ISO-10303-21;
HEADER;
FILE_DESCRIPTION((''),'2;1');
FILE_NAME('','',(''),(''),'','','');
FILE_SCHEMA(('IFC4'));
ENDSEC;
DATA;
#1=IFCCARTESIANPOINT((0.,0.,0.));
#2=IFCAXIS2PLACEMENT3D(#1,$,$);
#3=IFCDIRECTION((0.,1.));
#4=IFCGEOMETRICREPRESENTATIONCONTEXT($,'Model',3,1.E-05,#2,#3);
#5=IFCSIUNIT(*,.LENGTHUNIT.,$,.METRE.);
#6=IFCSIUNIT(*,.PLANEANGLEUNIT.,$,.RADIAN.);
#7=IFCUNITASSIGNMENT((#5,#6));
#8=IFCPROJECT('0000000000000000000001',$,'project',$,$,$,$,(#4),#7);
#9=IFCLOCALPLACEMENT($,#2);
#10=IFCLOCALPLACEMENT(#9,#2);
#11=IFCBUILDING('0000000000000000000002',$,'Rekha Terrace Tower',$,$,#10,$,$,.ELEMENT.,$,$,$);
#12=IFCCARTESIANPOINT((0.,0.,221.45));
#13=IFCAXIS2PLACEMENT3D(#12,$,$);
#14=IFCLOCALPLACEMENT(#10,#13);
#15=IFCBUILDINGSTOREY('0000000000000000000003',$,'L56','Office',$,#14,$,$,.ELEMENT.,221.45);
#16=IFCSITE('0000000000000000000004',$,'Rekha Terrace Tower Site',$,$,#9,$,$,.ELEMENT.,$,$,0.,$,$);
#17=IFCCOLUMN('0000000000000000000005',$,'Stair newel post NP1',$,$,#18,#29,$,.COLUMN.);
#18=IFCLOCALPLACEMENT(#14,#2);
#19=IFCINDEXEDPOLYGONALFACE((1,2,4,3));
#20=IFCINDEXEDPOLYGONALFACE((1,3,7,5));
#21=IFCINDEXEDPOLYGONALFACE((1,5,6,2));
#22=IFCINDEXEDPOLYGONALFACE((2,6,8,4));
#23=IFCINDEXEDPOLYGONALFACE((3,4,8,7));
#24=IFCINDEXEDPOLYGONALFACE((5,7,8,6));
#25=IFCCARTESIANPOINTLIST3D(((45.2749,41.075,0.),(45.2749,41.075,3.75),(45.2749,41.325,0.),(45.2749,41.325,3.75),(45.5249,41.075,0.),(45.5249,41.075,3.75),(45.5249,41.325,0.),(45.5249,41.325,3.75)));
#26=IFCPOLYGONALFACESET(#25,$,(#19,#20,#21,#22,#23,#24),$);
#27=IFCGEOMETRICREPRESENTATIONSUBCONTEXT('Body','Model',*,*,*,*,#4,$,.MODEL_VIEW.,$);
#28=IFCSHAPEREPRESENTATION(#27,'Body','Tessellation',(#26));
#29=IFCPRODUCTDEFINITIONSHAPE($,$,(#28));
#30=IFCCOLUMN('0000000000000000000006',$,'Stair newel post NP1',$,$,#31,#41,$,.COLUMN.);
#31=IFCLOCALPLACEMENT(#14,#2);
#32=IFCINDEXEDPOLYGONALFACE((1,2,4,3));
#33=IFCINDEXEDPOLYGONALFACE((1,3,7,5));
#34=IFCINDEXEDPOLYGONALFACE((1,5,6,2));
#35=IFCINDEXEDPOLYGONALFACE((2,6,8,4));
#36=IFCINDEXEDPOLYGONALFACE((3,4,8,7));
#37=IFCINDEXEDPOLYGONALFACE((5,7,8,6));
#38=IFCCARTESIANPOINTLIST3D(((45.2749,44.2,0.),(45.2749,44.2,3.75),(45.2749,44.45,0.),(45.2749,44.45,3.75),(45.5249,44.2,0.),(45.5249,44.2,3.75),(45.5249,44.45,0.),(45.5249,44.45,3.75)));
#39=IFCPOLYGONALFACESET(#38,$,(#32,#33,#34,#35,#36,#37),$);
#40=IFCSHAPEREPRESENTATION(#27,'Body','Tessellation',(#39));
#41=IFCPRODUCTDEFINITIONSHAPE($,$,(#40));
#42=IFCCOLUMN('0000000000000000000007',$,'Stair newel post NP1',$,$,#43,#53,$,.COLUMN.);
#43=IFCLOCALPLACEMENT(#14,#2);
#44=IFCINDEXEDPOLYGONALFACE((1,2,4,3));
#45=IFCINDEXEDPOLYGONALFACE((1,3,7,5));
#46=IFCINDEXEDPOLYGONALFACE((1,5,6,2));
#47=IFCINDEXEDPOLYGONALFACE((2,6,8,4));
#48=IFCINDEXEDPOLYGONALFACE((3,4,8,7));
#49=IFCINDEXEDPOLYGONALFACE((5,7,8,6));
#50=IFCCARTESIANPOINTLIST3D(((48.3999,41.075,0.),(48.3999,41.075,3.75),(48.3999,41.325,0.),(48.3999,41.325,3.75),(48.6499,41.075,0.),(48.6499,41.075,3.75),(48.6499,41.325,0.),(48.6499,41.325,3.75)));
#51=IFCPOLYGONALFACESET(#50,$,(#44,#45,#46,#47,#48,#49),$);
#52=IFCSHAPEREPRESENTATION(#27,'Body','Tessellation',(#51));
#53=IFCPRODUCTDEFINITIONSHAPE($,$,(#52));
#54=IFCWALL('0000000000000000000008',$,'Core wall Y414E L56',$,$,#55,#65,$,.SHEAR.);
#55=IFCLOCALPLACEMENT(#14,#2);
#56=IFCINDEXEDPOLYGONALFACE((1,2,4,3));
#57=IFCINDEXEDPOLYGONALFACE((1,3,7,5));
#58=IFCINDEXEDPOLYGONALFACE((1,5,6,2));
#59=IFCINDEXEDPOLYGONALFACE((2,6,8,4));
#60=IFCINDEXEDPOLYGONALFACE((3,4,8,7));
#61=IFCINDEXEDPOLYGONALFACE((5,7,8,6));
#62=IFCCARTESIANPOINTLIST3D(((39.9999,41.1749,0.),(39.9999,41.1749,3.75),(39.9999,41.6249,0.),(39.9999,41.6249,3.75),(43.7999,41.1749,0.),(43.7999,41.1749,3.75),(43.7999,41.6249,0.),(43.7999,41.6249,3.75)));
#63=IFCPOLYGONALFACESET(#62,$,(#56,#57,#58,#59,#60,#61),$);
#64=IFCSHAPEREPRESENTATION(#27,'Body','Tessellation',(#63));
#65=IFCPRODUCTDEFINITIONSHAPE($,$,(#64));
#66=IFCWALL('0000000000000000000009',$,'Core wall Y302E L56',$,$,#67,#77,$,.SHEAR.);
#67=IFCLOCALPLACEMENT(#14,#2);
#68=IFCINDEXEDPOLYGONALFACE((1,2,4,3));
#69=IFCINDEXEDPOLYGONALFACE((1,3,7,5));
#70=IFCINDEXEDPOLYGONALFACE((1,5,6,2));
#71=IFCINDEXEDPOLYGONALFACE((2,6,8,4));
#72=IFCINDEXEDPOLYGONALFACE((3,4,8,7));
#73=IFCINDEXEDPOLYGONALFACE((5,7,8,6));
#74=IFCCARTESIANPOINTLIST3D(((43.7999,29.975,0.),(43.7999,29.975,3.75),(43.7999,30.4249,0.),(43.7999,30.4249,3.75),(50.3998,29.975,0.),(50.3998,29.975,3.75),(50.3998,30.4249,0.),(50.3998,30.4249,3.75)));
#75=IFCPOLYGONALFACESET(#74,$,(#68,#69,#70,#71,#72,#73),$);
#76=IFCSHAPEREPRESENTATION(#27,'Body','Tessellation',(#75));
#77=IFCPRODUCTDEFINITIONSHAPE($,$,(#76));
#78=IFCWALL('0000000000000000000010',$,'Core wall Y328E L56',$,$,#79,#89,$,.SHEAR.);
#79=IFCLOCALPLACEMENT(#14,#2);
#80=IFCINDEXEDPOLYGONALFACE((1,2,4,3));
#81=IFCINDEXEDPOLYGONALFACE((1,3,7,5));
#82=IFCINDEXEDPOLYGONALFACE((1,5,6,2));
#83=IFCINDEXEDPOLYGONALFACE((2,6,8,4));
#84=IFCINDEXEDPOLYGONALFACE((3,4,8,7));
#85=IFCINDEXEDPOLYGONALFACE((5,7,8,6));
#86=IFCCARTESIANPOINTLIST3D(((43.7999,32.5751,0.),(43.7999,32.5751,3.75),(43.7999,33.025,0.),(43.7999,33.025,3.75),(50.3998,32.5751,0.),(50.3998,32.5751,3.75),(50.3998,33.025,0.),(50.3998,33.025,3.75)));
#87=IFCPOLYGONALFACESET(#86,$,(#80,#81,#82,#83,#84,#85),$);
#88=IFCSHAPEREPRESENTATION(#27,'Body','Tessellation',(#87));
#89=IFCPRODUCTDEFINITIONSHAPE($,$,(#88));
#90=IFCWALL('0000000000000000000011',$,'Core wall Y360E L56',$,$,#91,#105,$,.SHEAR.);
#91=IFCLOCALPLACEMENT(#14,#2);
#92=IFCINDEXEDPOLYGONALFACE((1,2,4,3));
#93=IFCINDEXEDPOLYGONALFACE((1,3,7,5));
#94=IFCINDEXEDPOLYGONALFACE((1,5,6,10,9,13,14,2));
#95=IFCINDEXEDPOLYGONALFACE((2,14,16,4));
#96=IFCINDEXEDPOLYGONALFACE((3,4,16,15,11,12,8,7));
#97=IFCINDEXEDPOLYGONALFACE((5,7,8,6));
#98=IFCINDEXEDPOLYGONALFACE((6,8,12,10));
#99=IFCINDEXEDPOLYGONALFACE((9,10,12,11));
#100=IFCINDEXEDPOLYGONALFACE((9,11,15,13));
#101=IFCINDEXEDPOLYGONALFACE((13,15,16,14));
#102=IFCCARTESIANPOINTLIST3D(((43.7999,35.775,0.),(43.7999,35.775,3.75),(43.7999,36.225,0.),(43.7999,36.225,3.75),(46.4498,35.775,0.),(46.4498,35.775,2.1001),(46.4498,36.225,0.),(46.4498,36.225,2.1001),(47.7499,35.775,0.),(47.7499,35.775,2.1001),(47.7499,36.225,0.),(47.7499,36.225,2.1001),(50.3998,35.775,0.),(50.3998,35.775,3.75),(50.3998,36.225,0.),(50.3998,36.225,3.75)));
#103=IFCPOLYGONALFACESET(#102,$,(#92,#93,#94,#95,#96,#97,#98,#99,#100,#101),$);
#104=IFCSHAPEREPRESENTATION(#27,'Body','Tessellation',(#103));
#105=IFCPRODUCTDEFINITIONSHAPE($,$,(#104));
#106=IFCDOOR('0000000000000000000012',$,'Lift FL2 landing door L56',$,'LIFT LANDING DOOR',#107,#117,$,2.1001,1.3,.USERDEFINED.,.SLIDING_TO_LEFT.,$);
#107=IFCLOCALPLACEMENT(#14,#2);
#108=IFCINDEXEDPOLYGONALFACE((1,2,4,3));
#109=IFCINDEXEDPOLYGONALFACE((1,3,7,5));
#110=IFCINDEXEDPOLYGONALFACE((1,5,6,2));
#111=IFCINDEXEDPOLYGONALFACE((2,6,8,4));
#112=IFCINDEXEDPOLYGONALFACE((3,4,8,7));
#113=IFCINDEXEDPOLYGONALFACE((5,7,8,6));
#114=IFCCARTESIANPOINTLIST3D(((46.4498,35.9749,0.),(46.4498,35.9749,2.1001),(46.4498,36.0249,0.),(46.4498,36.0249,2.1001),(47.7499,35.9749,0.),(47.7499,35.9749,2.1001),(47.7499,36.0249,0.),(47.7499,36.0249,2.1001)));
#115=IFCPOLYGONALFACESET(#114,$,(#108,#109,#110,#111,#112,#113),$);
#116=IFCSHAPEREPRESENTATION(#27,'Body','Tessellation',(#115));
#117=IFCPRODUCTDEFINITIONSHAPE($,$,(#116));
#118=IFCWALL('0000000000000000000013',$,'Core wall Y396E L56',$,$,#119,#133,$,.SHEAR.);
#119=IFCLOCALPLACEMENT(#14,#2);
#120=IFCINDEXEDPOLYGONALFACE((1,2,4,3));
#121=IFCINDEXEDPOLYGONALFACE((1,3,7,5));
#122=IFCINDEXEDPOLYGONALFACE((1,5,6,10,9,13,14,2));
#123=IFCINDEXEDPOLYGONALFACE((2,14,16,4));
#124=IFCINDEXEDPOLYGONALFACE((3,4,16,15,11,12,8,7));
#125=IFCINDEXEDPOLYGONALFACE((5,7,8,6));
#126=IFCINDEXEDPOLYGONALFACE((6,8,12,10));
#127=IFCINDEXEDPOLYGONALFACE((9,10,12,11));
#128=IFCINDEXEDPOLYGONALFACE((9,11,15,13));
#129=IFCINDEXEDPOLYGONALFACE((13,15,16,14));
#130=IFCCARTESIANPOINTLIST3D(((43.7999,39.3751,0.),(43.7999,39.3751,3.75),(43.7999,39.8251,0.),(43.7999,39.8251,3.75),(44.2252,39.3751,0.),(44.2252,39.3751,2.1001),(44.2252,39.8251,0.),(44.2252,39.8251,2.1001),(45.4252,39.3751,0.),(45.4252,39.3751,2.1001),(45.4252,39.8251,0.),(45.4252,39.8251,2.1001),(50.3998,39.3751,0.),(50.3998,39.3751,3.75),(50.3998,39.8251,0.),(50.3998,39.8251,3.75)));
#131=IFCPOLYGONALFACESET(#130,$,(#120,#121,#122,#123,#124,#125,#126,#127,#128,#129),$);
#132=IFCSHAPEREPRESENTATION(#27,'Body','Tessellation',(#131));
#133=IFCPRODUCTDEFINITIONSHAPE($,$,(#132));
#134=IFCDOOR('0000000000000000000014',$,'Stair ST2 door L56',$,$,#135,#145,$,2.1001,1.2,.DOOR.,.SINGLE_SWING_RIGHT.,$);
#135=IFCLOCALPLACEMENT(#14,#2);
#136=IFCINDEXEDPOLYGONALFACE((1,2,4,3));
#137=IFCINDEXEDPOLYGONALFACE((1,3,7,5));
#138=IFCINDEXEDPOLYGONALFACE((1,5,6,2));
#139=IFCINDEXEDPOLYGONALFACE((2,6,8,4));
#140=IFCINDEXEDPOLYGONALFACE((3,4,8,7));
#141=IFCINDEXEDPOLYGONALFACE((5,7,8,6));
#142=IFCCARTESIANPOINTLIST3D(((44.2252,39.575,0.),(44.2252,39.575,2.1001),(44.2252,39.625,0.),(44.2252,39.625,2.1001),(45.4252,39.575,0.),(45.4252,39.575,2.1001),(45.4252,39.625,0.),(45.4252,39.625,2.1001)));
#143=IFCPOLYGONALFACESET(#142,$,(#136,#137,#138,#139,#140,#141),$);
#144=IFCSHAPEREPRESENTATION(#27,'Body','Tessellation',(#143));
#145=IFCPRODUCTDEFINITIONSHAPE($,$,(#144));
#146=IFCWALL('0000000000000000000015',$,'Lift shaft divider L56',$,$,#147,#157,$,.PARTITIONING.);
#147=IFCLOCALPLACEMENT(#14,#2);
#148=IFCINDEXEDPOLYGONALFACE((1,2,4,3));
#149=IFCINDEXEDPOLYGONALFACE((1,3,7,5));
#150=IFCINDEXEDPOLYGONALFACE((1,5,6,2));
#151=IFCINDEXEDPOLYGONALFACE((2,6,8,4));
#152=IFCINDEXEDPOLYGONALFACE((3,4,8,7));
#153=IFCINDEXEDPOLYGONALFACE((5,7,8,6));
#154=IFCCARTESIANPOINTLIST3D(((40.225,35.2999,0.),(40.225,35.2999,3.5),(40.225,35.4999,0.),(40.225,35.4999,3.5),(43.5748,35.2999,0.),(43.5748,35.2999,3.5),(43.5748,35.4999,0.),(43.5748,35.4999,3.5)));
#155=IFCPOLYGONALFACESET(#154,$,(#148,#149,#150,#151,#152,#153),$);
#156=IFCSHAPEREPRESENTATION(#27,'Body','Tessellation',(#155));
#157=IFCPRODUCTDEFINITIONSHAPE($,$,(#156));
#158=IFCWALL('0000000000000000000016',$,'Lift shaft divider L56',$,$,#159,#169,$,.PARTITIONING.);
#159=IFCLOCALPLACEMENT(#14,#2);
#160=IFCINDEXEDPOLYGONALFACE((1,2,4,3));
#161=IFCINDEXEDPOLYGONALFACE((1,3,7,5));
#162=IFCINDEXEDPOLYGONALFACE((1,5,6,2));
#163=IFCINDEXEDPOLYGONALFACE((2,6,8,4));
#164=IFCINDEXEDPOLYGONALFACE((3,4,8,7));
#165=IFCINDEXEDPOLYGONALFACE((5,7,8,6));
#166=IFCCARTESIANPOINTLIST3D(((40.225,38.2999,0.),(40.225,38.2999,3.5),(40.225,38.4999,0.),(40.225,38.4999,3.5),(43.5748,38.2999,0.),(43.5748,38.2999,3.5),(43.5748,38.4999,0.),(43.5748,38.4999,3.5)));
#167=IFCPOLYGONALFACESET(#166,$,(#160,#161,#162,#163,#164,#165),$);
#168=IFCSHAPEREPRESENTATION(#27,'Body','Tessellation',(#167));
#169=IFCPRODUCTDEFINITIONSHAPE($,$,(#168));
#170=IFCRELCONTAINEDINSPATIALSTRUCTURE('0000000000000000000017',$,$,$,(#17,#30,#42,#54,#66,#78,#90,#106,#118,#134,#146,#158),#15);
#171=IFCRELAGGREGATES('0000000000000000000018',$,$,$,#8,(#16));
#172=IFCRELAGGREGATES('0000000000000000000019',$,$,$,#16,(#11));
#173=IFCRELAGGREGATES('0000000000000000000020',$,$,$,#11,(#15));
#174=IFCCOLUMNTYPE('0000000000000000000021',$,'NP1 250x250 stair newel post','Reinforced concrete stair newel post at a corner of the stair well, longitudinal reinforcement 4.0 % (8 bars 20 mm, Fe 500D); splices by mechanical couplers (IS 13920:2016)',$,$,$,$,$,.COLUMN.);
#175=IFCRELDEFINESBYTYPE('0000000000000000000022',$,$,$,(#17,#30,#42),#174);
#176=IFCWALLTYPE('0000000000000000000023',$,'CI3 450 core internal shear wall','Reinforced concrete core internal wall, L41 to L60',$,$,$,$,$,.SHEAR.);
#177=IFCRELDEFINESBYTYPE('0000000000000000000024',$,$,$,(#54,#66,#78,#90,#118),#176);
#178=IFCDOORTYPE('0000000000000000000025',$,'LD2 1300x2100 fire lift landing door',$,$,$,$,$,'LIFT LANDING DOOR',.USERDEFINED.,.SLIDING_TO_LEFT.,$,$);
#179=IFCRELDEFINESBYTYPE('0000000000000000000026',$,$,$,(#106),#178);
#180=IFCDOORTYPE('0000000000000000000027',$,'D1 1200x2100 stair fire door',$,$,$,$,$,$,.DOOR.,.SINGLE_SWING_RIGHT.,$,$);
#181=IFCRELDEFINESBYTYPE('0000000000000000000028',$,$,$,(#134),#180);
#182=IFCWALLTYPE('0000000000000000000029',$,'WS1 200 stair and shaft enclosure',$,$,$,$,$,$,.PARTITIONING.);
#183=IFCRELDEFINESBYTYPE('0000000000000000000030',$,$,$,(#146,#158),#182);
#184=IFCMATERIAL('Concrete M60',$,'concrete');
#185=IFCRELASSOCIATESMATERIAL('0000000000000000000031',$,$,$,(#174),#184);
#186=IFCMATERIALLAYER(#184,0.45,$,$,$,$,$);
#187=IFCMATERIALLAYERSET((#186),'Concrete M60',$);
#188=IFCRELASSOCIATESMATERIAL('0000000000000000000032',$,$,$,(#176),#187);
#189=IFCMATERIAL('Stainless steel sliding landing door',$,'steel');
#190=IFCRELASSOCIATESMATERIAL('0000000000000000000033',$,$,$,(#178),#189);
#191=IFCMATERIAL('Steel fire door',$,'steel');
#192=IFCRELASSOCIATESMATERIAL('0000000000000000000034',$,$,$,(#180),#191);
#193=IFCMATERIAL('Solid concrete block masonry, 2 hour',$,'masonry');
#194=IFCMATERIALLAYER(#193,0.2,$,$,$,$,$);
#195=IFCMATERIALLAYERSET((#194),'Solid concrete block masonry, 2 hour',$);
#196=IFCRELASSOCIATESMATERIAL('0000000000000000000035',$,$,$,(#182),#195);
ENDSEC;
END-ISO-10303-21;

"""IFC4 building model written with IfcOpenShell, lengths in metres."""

from ifc_helpers import new_model, si_unit, direction, frame, frame_2d, origin, origin_2d, place, context, subcontext, project, spatial, rectangle, extrude, material, layer, layer_set, material_profile, profile_set, type_object, element, fill, save


model = new_model("IFC4")

# Units and contexts
model_context = context("Model", 3, precision=1e-05, world=origin(), true_north=direction((0.0, 1.0)))
body_context = subcontext(model_context, "Body", "Model", "MODEL_VIEW")
ifc_project = project(units=[si_unit("LENGTHUNIT", "METRE"), si_unit("PLANEANGLEUNIT", "RADIAN")], contexts=[model_context])

# Site, building, storey
site_placement = place(None, origin())
site = spatial("IfcSite", under=ifc_project, at=site_placement, Name="Rekha Terrace Tower Site", CompositionType="ELEMENT", RefElevation=0.0)
building_placement = place(site_placement, origin())
building = spatial("IfcBuilding", under=site, at=building_placement, Name="Rekha Terrace Tower", CompositionType="ELEMENT")
storey_placement = place(building_placement, frame((0.0, 0.0, 221.45)))
storey = spatial("IfcBuildingStorey", under=building, at=storey_placement, Name="L56", Description="Office", CompositionType="ELEMENT", Elevation=221.45)

# Columns
ifc_material_1 = material(Name="Concrete M60", Category="concrete")
ifc_material_profile = material_profile(ifc_material_1, rectangle(XDim=0.25, YDim=0.25, at=origin_2d()), Name="RC 250x250")
ifc_profile_set = profile_set([ifc_material_profile], Name="Concrete M60")
column_type = type_object("IfcColumnType", Name="NP1 250x250 stair newel post", Description="Reinforced concrete stair newel post at a corner of the stair well, longitudinal reinforcement 4.0 % (8 bars 20 mm, Fe 500D); splices by mechanical couplers (IS 13920:2016)", PredefinedType="COLUMN", material=ifc_profile_set)
for number, where, z_axis, x_axis, name in (
    (1, (45.3999, 41.2, 0.0), (0.0, 0.0, 1.0), (1.0, 0.0, 0.0), "Stair newel post NP1"),
    (2, (45.3999, 44.325, 0.0), (0.0, 0.0, 1.0), (1.0, 0.0, 0.0), "Stair newel post NP1"),
    (3, (48.5249, 41.2, 0.0), (0.0, 0.0, 1.0), (1.0, 0.0, 0.0), "Stair newel post NP1"),
):
    element("IfcColumn", number, at=place(storey_placement, frame(where, z_axis=z_axis, x_axis=x_axis)), inside=storey, type_object=column_type, Name=name, PredefinedType="COLUMN", context=body_context, shape_type="SweptSolid", body=[
        extrude(rectangle(XDim=0.25, YDim=0.25, at=origin_2d()), origin(), (0.0, 0.0, 1.0), 3.75),
    ])

# Walls
ifc_layer_1 = layer(ifc_material_1, 0.45)
ifc_layer_set_1 = layer_set([ifc_layer_1], Name="Concrete M60")
wall_type_1 = type_object("IfcWallType", Name="CI3 450 core internal shear wall", Description="Reinforced concrete core internal wall, L41 to L60", PredefinedType="SHEAR", material=ifc_layer_set_1)
wall_1_placement = place(storey_placement, frame((40.0, 41.3999, 0.0), z_axis=(0.0, 0.0, 1.0), x_axis=(1.0, 0.0, 0.0)))
element("IfcWall", 4, at=wall_1_placement, inside=storey, type_object=wall_type_1, Name="Core wall Y414E L56", PredefinedType="SHEAR", context=body_context, shape_type="SweptSolid", body=[
    extrude(rectangle(XDim=3.8, YDim=0.45, at=frame_2d((1.8999, 0.0))), origin(), (0.0, 0.0, 1.0), 3.75),
])
for number, where, z_axis, x_axis, name in (
    (5, (43.8, 30.2, 0.0), (0.0, 0.0, 1.0), (1.0, 0.0, 0.0), "Core wall Y302E L56"),
    (6, (43.8, 32.8, 0.0), (0.0, 0.0, 1.0), (1.0, 0.0, 0.0), "Core wall Y328E L56"),
):
    element("IfcWall", number, at=place(storey_placement, frame(where, z_axis=z_axis, x_axis=x_axis)), inside=storey, type_object=wall_type_1, Name=name, PredefinedType="SHEAR", context=body_context, shape_type="SweptSolid", body=[
        extrude(rectangle(XDim=6.5999, YDim=0.45, at=frame_2d((3.2998, 0.0))), origin(), (0.0, 0.0, 1.0), 3.75),
    ])

# Walls, openings, doors
wall_2_placement = place(storey_placement, frame((43.8, 36.0, 0.0), z_axis=(0.0, 0.0, 1.0), x_axis=(1.0, 0.0, 0.0)))
wall_2 = element("IfcWall", 7, at=wall_2_placement, inside=storey, type_object=wall_type_1, Name="Core wall Y360E L56", PredefinedType="SHEAR", context=body_context, shape_type="SweptSolid", body=[
    extrude(rectangle(XDim=6.5999, YDim=0.45, at=frame_2d((3.2998, 0.0))), origin(), (0.0, 0.0, 1.0), 3.75),
])
opening_1_placement = place(wall_2_placement, frame((2.6499, 0.0, 0.0)))
opening_1 = element("IfcOpeningElement", 8, at=opening_1_placement, cuts=wall_2, PredefinedType="OPENING", context=body_context, shape_type="SweptSolid", body=[
    extrude(rectangle(XDim=1.3, YDim=2.1001, at=frame_2d((0.6499, 1.05))), frame((0.0, 0.2349, 0.0), z_axis=(0.0, -1.0, 0.0), x_axis=(1.0, 0.0, 0.0)), (0.0, 0.0, 1.0), 0.47),
])
ifc_material_2 = material(Name="Stainless steel sliding landing door", Category="steel")
door_type_1 = type_object("IfcDoorType", Name="LD2 1300x2100 fire lift landing door", ElementType="LIFT LANDING DOOR", OperationType="SLIDING_TO_LEFT", PredefinedType="USERDEFINED", material=ifc_material_2)
door_1_placement = place(opening_1_placement, origin())
door_1 = element("IfcDoor", 9, at=door_1_placement, inside=storey, type_object=door_type_1, Name="Lift FL2 landing door L56", ObjectType="LIFT LANDING DOOR", OperationType="SLIDING_TO_LEFT", OverallHeight=2.1001, OverallWidth=1.3, PredefinedType="USERDEFINED", context=body_context, shape_type="SweptSolid", body=[
    extrude(rectangle(XDim=1.3, YDim=2.1001, at=frame_2d((0.6499, 1.05))), frame((0.0, 0.0249, 0.0), z_axis=(0.0, -1.0, 0.0), x_axis=(1.0, 0.0, 0.0)), (0.0, 0.0, 1.0), 0.05),
])
fill(opening_1, door_1)
wall_3_placement = place(storey_placement, frame((43.8, 39.6001, 0.0), z_axis=(0.0, 0.0, 1.0), x_axis=(1.0, 0.0, 0.0)))
wall_3 = element("IfcWall", 10, at=wall_3_placement, inside=storey, type_object=wall_type_1, Name="Core wall Y396E L56", PredefinedType="SHEAR", context=body_context, shape_type="SweptSolid", body=[
    extrude(rectangle(XDim=6.5999, YDim=0.45, at=frame_2d((3.2998, 0.0))), origin(), (0.0, 0.0, 1.0), 3.75),
])
opening_2_placement = place(wall_3_placement, frame((0.425, 0.0, 0.0)))
opening_2 = element("IfcOpeningElement", 11, at=opening_2_placement, cuts=wall_3, PredefinedType="OPENING", context=body_context, shape_type="SweptSolid", body=[
    extrude(rectangle(XDim=1.2, YDim=2.1001, at=frame_2d((0.6001, 1.05))), frame((0.0, 0.2349, 0.0), z_axis=(0.0, -1.0, 0.0), x_axis=(1.0, 0.0, 0.0)), (0.0, 0.0, 1.0), 0.47),
])
ifc_material_3 = material(Name="Steel fire door", Category="steel")
door_type_2 = type_object("IfcDoorType", Name="D1 1200x2100 stair fire door", OperationType="SINGLE_SWING_RIGHT", PredefinedType="DOOR", material=ifc_material_3)
door_2_placement = place(opening_2_placement, origin())
door_2 = element("IfcDoor", 12, at=door_2_placement, inside=storey, type_object=door_type_2, Name="Stair ST2 door L56", OperationType="SINGLE_SWING_RIGHT", OverallHeight=2.1001, OverallWidth=1.2, PredefinedType="DOOR", context=body_context, shape_type="SweptSolid", body=[
    extrude(rectangle(XDim=1.2, YDim=2.1001, at=frame_2d((0.6001, 1.05))), frame((0.0, 0.0249, 0.0), z_axis=(0.0, -1.0, 0.0), x_axis=(1.0, 0.0, 0.0)), (0.0, 0.0, 1.0), 0.05),
])
fill(opening_2, door_2)

# Walls
ifc_material_4 = material(Name="Solid concrete block masonry, 2 hour", Category="masonry")
ifc_layer_2 = layer(ifc_material_4, 0.2)
ifc_layer_set_2 = layer_set([ifc_layer_2], Name="Solid concrete block masonry, 2 hour")
wall_type_2 = type_object("IfcWallType", Name="WS1 200 stair and shaft enclosure", PredefinedType="PARTITIONING", material=ifc_layer_set_2)
for number, where, z_axis, x_axis, name in (
    (13, (40.2251, 35.3999, 0.0), (0.0, 0.0, 1.0), (1.0, 0.0, 0.0), "Lift shaft divider L56"),
    (14, (40.2251, 38.3999, 0.0), (0.0, 0.0, 1.0), (1.0, 0.0, 0.0), "Lift shaft divider L56"),
):
    element("IfcWall", number, at=place(storey_placement, frame(where, z_axis=z_axis, x_axis=x_axis)), inside=storey, type_object=wall_type_2, Name=name, PredefinedType="PARTITIONING", context=body_context, shape_type="SweptSolid", body=[
        extrude(rectangle(XDim=3.3499, YDim=0.2, at=frame_2d((1.6748, 0.0))), origin(), (0.0, 0.0, 1.0), 3.5),
    ])

save(model, "model.ifc")
